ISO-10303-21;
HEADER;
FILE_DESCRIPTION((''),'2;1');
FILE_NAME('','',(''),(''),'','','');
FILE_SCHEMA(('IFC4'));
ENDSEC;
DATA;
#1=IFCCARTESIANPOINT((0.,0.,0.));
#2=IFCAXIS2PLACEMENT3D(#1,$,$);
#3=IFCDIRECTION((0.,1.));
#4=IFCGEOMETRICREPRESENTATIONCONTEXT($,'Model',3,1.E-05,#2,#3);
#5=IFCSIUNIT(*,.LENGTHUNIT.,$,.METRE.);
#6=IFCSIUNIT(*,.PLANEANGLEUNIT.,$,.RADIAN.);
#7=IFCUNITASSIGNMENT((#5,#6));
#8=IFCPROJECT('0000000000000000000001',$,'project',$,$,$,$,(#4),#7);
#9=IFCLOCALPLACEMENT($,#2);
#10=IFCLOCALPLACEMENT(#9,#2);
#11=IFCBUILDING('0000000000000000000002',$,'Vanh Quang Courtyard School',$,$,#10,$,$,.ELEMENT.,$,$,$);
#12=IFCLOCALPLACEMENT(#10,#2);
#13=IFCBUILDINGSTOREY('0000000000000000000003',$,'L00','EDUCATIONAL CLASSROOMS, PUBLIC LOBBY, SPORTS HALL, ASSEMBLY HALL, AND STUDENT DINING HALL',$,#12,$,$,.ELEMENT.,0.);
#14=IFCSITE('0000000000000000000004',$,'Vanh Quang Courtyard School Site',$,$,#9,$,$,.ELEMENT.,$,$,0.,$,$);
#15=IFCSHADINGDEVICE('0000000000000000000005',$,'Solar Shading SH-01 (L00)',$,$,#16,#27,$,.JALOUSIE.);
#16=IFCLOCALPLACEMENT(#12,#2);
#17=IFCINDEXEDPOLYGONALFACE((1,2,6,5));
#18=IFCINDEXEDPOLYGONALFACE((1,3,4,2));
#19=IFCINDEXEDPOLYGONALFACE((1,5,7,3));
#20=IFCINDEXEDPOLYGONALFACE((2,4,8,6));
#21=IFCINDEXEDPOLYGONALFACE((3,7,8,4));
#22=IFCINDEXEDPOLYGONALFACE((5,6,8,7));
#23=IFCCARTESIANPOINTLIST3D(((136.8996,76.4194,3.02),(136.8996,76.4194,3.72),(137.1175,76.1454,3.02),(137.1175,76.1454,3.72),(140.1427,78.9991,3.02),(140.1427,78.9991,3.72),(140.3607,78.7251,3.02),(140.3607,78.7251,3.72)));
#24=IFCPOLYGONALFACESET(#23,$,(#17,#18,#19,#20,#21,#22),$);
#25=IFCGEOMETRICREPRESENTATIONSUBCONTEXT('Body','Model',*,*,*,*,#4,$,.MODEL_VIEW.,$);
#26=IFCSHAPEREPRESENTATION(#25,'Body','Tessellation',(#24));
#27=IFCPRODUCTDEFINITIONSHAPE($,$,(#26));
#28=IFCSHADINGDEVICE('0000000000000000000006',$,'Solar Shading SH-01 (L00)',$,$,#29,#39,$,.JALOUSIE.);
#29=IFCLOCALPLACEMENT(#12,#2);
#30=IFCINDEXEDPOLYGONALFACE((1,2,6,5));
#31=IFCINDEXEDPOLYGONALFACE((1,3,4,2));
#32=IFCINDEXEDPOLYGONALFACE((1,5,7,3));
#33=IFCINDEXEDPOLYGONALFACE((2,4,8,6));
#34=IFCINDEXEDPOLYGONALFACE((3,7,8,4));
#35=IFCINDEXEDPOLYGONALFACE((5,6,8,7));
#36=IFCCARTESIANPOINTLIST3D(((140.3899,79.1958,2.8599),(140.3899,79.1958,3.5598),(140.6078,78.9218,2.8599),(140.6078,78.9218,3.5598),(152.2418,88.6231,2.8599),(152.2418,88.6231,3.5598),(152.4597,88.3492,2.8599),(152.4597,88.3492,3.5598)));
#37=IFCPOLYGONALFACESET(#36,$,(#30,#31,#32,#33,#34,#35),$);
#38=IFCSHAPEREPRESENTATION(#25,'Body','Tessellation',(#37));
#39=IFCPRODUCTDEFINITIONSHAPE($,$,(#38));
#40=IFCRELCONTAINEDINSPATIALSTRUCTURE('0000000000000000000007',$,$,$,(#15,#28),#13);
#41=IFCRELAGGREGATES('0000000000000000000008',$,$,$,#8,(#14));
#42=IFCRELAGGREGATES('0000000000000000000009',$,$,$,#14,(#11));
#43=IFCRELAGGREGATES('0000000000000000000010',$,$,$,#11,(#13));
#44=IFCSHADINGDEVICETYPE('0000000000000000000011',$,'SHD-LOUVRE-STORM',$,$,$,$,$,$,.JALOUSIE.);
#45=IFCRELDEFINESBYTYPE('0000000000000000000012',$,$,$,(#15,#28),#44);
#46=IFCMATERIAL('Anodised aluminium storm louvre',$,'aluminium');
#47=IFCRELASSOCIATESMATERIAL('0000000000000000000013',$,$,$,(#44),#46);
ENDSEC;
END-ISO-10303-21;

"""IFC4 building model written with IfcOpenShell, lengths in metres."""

from ifc_helpers import new_model, si_unit, direction, frame, origin, origin_2d, place, context, subcontext, project, spatial, rectangle, extrude, material, type_object, element, save


model = new_model("IFC4")

# Units and contexts
model_context = context("Model", 3, precision=1e-05, world=origin(), true_north=direction((0.0, 1.0)))
body_context = subcontext(model_context, "Body", "Model", "MODEL_VIEW")
ifc_project = project(units=[si_unit("LENGTHUNIT", "METRE"), si_unit("PLANEANGLEUNIT", "RADIAN")], contexts=[model_context])

# Site, building, storey
site_placement = place(None, origin())
site = spatial("IfcSite", under=ifc_project, at=site_placement, Name="Vanh Quang Courtyard School Site", CompositionType="ELEMENT", RefElevation=0.0)
building_placement = place(site_placement, origin())
building = spatial("IfcBuilding", under=site, at=building_placement, Name="Vanh Quang Courtyard School", CompositionType="ELEMENT")
storey_placement = place(building_placement, origin())
storey = spatial("IfcBuildingStorey", under=building, at=storey_placement, Name="L00", Description="EDUCATIONAL CLASSROOMS, PUBLIC LOBBY, SPORTS HALL, ASSEMBLY HALL, AND STUDENT DINING HALL", CompositionType="ELEMENT", Elevation=0.0)

# Shading devices
ifc_material_1 = material(Name="Anodised aluminium storm louvre", Category="aluminium")
shading_device_type = type_object("IfcShadingDeviceType", Name="SHD-LOUVRE-STORM", PredefinedType="JALOUSIE", material=ifc_material_1)
shading_device_1_placement = place(storey_placement, frame((138.6301, 77.5723, 3.02), z_axis=(0.0, 0.0, 1.0), x_axis=(0.782608, 0.622515, 0.0)))
element("IfcShadingDevice", 1, at=shading_device_1_placement, inside=storey, type_object=shading_device_type, Name="Solar Shading SH-01 (L00)", PredefinedType="JALOUSIE", context=body_context, shape_type="SweptSolid", body=[
    extrude(rectangle(XDim=4.144, YDim=0.3501, at=origin_2d()), origin(), (0.0, 0.0, 1.0), 0.7),
])
shading_device_2_placement = place(storey_placement, frame((146.4248, 83.7725, 2.8599), z_axis=(0.0, 0.0, 1.0), x_axis=(0.782608, 0.622515, 0.0)))
element("IfcShadingDevice", 2, at=shading_device_2_placement, inside=storey, type_object=shading_device_type, Name="Solar Shading SH-01 (L00)", PredefinedType="JALOUSIE", context=body_context, shape_type="SweptSolid", body=[
    extrude(rectangle(XDim=15.144, YDim=0.3501, at=origin_2d()), origin(), (0.0, 0.0, 1.0), 0.7),
])

save(model, "model.ifc")
